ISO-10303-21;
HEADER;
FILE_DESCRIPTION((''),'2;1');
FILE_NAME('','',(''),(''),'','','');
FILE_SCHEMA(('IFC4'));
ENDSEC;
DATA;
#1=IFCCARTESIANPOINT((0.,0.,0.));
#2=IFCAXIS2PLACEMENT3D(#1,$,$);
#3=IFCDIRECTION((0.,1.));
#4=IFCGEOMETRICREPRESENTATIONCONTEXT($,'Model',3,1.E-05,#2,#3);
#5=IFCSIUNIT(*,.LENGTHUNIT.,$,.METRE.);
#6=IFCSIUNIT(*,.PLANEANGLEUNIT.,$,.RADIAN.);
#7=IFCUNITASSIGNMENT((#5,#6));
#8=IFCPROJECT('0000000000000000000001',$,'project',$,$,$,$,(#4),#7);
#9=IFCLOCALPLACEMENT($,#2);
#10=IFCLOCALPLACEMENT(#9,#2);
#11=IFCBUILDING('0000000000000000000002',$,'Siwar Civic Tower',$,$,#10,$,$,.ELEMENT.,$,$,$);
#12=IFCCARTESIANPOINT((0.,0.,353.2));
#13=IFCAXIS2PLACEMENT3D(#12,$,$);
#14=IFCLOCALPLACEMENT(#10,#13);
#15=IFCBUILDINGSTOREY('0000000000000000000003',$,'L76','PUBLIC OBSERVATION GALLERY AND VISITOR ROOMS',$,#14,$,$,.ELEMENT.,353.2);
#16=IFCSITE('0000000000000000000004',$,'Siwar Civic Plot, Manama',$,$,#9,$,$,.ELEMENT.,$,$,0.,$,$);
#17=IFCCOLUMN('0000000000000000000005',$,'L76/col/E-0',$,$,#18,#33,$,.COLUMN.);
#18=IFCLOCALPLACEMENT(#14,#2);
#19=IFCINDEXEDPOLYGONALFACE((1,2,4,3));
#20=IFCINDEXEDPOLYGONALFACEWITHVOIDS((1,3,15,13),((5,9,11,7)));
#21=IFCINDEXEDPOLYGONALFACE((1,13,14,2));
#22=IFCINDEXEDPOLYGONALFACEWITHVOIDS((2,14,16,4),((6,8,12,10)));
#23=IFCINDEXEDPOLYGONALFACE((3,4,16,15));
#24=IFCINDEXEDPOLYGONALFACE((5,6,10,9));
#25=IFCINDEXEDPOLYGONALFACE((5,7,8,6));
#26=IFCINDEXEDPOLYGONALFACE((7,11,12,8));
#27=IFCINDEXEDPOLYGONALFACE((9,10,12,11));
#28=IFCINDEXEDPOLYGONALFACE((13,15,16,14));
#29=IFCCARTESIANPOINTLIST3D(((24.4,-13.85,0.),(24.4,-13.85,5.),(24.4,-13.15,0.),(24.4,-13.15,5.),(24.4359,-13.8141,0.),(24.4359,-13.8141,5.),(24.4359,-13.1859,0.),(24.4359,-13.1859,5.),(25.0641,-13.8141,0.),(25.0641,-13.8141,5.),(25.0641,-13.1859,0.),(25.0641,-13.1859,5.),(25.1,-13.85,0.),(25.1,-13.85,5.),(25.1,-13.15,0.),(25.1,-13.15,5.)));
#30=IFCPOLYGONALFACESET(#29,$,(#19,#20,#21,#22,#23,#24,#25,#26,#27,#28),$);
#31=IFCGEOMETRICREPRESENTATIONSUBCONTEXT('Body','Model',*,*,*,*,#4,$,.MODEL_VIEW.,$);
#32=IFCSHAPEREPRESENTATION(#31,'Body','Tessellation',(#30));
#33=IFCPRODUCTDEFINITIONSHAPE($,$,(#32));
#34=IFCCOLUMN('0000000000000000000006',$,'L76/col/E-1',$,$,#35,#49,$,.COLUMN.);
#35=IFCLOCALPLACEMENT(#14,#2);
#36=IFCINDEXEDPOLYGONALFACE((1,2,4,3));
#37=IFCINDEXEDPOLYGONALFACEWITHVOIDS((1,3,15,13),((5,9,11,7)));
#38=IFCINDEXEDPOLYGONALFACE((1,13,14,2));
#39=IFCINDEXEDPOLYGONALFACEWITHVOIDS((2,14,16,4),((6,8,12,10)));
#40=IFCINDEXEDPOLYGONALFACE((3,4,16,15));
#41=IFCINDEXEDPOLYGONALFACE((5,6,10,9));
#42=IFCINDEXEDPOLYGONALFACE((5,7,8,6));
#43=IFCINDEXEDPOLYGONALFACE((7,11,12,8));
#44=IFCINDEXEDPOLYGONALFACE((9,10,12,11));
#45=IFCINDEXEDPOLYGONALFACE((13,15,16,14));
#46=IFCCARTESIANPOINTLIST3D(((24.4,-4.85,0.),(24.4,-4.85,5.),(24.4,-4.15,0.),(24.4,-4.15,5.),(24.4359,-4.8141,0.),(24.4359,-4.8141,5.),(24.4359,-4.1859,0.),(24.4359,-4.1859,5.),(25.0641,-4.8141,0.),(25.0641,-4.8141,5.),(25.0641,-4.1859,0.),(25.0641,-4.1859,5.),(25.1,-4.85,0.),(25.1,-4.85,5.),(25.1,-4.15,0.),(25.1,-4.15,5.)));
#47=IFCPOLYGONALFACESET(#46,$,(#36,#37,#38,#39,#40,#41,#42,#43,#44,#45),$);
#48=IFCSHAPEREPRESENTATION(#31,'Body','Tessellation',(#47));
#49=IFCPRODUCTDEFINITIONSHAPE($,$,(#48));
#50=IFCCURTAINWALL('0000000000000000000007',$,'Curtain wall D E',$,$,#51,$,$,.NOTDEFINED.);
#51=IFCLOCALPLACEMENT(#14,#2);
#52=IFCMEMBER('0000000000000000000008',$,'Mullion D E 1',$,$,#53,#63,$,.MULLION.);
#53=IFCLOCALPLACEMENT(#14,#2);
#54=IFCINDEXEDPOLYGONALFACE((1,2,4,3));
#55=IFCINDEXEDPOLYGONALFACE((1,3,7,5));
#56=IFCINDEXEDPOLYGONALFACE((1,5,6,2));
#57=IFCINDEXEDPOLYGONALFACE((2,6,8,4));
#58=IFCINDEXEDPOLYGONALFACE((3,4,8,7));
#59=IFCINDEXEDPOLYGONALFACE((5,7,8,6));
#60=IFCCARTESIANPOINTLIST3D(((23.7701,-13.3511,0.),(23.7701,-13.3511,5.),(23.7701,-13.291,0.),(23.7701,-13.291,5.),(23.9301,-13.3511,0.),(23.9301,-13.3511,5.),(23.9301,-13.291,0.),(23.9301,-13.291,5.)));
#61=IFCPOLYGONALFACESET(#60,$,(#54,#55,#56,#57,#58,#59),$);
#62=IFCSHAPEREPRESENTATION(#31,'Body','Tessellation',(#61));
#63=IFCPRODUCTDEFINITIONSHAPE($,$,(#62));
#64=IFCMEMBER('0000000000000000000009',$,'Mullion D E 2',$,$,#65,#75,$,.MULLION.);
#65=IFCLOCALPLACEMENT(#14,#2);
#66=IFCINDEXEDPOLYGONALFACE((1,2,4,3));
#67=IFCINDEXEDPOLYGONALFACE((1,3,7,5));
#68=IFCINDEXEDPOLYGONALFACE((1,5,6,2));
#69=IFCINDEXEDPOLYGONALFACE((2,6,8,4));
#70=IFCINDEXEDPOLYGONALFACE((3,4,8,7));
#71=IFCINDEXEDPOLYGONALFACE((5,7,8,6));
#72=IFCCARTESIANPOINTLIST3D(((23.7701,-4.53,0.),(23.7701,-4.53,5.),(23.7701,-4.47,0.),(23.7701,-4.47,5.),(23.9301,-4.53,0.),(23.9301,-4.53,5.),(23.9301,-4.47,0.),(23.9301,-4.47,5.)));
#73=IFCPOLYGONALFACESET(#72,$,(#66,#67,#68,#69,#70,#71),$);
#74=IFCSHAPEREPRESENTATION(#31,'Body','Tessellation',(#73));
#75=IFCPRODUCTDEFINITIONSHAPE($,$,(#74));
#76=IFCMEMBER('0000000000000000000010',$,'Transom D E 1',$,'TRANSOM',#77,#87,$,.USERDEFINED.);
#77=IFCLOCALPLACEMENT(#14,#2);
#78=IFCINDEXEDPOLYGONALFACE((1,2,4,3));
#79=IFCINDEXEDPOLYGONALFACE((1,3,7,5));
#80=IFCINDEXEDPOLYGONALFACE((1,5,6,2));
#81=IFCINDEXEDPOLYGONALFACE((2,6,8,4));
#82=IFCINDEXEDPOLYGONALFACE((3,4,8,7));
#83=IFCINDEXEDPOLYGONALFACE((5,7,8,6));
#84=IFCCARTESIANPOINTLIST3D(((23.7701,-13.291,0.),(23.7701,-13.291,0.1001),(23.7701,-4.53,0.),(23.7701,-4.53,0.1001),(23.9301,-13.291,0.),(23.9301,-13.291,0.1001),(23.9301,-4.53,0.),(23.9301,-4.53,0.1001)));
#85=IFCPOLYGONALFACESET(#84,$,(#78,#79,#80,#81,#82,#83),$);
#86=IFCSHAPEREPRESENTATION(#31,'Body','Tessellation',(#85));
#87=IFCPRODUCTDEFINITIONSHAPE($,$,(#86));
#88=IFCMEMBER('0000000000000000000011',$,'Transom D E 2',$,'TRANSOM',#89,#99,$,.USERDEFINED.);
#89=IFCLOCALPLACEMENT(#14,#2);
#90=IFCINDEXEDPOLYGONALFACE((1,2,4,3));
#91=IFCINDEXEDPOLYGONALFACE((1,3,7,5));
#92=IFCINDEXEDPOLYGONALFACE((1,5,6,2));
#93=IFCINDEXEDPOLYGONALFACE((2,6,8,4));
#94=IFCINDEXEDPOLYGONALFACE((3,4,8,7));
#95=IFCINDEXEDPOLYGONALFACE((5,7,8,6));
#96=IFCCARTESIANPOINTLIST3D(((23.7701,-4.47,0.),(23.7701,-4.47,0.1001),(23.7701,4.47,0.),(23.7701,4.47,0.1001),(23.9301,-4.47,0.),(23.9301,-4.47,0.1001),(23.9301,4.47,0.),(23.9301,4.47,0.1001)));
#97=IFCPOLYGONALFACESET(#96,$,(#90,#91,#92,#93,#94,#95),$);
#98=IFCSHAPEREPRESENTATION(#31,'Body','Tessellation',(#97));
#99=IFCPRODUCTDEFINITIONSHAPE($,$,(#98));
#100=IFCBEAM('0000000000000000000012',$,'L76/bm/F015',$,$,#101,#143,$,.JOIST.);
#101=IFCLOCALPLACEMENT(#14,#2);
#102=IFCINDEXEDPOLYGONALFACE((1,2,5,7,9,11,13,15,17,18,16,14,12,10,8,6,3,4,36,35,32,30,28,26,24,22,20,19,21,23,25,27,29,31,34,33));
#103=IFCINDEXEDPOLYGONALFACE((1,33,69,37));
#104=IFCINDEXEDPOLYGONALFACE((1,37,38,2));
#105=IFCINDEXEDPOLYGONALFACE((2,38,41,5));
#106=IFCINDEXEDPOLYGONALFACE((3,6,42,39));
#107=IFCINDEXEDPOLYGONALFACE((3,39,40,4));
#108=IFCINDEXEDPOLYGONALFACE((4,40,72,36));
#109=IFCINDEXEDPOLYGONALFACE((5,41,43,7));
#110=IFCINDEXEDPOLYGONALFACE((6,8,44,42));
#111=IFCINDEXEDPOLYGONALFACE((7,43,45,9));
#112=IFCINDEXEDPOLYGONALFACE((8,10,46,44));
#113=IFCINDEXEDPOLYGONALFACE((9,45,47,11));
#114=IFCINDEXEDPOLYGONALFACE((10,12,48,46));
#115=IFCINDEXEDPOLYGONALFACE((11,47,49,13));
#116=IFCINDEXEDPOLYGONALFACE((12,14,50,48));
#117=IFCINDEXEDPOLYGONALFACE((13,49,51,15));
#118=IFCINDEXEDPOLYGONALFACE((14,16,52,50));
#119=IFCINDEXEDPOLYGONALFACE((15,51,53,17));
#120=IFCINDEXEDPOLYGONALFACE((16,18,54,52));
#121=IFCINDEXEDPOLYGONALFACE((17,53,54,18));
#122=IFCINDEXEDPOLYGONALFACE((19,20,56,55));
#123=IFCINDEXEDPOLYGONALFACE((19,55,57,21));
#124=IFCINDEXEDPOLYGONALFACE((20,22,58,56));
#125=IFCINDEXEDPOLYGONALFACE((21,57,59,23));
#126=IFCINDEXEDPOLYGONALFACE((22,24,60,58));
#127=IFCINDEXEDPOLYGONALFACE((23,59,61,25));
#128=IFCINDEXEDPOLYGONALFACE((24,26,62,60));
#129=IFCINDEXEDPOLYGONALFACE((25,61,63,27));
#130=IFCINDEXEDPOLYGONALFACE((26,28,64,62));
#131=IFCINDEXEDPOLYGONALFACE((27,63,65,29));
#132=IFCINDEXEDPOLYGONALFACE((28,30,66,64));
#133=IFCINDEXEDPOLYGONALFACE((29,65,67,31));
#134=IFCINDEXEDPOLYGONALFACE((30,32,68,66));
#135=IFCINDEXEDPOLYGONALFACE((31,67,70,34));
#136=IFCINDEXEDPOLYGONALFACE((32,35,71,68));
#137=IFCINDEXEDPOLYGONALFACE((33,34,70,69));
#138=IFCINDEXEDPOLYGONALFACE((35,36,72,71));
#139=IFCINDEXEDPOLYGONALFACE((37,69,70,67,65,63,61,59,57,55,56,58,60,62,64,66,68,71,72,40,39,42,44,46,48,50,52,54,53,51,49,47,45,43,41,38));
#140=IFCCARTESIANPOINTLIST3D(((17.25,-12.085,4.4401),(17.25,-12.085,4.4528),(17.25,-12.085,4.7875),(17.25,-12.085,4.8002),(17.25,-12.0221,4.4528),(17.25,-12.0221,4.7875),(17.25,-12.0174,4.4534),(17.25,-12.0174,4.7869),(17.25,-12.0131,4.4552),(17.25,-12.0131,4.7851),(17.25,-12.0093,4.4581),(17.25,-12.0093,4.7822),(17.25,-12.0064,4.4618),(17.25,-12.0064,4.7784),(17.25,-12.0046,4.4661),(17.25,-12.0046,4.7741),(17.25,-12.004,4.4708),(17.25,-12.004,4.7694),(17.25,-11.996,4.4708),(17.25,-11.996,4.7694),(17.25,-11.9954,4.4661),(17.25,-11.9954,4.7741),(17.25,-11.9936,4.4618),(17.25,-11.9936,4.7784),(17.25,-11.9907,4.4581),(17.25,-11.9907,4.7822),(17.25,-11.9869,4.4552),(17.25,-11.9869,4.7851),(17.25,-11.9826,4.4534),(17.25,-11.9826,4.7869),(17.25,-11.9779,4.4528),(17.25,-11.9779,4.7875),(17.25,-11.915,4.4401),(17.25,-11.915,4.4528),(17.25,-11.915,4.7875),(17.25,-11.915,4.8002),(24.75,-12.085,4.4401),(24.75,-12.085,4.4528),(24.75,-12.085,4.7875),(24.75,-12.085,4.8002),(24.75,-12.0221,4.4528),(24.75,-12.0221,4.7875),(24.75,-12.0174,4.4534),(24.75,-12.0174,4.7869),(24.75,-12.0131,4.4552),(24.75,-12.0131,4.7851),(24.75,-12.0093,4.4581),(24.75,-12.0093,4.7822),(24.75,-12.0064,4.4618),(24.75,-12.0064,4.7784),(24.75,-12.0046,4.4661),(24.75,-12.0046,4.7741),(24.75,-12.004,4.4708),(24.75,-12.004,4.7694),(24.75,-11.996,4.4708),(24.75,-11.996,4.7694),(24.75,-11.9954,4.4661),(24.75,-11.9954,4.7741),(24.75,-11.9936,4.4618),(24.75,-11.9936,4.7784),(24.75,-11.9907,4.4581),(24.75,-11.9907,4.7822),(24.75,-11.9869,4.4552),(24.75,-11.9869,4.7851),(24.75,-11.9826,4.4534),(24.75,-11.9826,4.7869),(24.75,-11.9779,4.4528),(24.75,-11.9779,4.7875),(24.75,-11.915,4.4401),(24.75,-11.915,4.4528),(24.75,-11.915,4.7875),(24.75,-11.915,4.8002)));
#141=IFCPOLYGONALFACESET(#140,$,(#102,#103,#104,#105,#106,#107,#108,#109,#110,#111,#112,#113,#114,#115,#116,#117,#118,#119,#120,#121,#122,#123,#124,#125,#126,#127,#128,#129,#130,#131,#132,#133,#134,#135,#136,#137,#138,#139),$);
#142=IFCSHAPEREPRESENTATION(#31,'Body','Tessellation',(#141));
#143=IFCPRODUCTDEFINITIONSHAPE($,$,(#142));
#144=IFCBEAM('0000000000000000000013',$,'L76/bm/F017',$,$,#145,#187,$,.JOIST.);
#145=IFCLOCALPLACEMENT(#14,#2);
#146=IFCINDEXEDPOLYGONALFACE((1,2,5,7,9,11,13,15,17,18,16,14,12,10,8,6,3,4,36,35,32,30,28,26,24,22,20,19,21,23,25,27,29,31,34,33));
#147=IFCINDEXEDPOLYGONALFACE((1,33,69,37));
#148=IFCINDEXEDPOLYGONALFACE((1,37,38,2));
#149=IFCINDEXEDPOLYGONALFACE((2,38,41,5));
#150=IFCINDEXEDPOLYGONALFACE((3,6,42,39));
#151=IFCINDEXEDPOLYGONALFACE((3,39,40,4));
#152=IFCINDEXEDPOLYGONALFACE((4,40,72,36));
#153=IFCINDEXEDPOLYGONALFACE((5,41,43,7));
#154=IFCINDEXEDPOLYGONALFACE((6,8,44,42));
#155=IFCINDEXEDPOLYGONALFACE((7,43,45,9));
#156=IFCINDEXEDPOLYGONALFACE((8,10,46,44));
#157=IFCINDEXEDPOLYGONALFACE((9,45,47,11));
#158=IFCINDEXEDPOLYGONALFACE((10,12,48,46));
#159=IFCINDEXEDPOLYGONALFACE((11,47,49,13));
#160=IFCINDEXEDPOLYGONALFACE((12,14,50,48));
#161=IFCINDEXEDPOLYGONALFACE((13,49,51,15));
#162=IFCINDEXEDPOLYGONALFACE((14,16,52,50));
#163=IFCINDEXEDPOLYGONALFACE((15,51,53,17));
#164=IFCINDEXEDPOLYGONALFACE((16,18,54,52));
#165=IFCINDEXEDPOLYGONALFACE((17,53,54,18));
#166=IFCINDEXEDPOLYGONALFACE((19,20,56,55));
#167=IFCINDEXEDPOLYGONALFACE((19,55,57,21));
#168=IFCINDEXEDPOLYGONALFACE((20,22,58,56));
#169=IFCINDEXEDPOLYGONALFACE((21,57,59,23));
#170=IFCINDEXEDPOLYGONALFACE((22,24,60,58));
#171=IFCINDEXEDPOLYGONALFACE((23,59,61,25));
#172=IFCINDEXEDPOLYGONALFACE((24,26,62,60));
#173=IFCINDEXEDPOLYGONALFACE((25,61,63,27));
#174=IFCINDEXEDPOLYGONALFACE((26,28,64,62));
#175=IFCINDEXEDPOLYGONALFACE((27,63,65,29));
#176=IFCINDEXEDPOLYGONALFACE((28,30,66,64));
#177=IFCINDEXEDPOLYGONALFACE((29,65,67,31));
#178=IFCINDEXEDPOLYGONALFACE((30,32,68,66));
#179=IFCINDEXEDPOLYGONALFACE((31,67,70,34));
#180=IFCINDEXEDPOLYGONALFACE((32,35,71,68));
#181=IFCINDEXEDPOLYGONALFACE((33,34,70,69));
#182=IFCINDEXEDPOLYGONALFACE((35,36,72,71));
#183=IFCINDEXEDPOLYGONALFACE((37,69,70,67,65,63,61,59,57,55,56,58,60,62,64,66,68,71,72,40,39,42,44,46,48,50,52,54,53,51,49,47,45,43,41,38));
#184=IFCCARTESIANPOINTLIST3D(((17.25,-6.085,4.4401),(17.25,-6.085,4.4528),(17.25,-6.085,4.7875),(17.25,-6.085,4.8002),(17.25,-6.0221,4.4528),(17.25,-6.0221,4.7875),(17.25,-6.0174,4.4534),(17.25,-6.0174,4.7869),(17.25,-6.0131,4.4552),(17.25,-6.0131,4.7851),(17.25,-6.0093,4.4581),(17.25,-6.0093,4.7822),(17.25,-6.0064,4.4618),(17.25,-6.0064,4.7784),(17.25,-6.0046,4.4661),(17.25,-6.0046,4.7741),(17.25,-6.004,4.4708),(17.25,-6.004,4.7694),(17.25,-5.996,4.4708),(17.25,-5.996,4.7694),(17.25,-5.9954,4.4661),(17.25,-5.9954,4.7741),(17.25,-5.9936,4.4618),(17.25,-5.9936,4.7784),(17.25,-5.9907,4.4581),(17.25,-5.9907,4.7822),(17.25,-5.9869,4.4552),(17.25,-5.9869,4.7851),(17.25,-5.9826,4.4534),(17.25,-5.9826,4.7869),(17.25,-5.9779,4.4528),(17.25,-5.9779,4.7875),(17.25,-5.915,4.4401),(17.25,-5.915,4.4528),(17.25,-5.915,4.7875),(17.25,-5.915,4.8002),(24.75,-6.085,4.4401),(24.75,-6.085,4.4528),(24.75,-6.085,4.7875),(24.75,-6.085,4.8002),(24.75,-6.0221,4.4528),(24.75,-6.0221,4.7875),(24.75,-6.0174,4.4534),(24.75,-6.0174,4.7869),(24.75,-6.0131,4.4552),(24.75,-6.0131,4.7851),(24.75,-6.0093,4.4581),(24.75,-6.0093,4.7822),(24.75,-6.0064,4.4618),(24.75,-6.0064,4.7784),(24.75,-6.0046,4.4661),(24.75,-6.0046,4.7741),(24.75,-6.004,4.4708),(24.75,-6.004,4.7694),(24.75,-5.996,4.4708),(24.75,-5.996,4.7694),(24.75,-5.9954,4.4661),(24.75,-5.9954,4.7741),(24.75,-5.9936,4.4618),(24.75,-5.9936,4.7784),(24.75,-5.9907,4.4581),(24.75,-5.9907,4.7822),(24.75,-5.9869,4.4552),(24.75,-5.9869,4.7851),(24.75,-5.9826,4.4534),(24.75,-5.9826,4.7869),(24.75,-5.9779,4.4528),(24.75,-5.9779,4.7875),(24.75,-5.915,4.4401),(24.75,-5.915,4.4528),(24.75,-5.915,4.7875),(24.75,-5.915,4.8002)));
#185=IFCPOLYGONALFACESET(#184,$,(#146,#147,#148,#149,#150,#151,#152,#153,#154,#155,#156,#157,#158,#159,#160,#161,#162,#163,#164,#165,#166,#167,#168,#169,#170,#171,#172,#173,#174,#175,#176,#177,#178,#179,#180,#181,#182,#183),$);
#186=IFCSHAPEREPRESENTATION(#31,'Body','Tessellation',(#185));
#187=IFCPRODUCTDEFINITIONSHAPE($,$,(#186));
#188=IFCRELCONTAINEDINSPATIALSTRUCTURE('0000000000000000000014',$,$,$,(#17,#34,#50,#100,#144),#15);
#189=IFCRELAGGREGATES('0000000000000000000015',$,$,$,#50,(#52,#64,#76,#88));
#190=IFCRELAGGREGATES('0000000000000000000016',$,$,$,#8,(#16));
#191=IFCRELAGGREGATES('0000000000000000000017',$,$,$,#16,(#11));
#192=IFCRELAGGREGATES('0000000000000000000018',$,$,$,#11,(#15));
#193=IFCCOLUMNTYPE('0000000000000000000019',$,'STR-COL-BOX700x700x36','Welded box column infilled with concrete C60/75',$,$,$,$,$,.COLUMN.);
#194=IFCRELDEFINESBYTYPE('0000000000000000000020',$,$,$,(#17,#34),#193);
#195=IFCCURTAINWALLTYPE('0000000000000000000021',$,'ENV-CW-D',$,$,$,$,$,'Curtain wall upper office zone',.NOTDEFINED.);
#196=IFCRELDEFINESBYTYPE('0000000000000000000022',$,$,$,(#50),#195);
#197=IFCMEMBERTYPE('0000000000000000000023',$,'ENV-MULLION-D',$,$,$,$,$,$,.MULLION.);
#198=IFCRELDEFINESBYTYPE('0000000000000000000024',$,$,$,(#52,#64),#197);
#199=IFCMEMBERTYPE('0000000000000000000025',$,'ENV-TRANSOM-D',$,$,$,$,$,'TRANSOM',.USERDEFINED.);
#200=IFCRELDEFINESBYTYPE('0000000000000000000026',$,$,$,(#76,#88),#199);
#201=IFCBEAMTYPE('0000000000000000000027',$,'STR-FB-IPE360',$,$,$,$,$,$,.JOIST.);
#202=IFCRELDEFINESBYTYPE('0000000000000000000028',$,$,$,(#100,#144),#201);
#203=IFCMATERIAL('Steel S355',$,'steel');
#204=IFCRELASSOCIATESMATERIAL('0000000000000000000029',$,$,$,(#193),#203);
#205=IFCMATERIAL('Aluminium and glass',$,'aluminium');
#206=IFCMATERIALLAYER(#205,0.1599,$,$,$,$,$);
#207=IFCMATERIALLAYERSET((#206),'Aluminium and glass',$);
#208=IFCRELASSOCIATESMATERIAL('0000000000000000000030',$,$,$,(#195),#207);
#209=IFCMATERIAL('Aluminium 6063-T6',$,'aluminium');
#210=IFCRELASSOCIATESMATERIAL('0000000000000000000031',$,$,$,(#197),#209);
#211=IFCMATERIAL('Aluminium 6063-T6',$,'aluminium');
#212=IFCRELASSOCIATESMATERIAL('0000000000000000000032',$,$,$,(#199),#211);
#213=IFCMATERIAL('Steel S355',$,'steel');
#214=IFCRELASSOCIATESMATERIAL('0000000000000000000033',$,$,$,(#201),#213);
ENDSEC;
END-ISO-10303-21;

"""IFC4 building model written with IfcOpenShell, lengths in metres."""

from ifc_helpers import new_model, si_unit, direction, frame, origin, origin_2d, place, context, subcontext, project, spatial, rectangle, hollow_rectangle, i_section, extrude, material, layer, layer_set, material_profile, profile_set, type_object, element, aggregate, save


model = new_model("IFC4")

# Units and contexts
model_context = context("Model", 3, precision=1e-05, world=origin(), true_north=direction((0.0, 1.0)))
body_context = subcontext(model_context, "Body", "Model", "MODEL_VIEW")
ifc_project = project(units=[si_unit("LENGTHUNIT", "METRE"), si_unit("PLANEANGLEUNIT", "RADIAN")], contexts=[model_context])

# Site, building, storey
site_placement = place(None, origin())
site = spatial("IfcSite", under=ifc_project, at=site_placement, Name="Siwar Civic Plot, Manama", CompositionType="ELEMENT", RefElevation=0.0)
building_placement = place(site_placement, origin())
building = spatial("IfcBuilding", under=site, at=building_placement, Name="Siwar Civic Tower", CompositionType="ELEMENT")
storey_placement = place(building_placement, frame((0.0, 0.0, 353.2)))
storey = spatial("IfcBuildingStorey", under=building, at=storey_placement, Name="L76", Description="PUBLIC OBSERVATION GALLERY AND VISITOR ROOMS", CompositionType="ELEMENT", Elevation=353.2)

# Columns
ifc_material_1 = material(Name="Steel S355", Category="steel")
ifc_material_profile_1 = material_profile(ifc_material_1, hollow_rectangle(XDim=0.7, YDim=0.7, WallThickness=0.0359, at=origin_2d()), Name="BOX700x700x36")
ifc_profile_set_1 = profile_set([ifc_material_profile_1], Name="Steel S355")
column_type = type_object("IfcColumnType", Name="STR-COL-BOX700x700x36", Description="Welded box column infilled with concrete C60/75", PredefinedType="COLUMN", material=ifc_profile_set_1)
for number, where, z_axis, x_axis, name in (
    (1, (24.75, -13.5, 0.0), (0.0, 0.0, 1.0), (1.0, 0.0, 0.0), "L76/col/E-0"),
    (2, (24.75, -4.5, 0.0), (0.0, 0.0, 1.0), (1.0, 0.0, 0.0), "L76/col/E-1"),
):
    element("IfcColumn", number, at=place(storey_placement, frame(where, z_axis=z_axis, x_axis=x_axis)), inside=storey, type_object=column_type, Name=name, PredefinedType="COLUMN", context=body_context, shape_type="SweptSolid", body=[
        extrude(hollow_rectangle(XDim=0.7, YDim=0.7, WallThickness=0.0359, at=origin_2d()), origin(), (0.0, 0.0, 1.0), 5.0),
    ])

# Curtain wall, members
ifc_material_2 = material(Name="Aluminium and glass", Category="aluminium")
ifc_layer_1 = layer(ifc_material_2, 0.1599)
ifc_layer_set_1 = layer_set([ifc_layer_1], Name="Aluminium and glass")
curtain_wall_type = type_object("IfcCurtainWallType", Name="ENV-CW-D", ElementType="Curtain wall upper office zone", PredefinedType="NOTDEFINED", material=ifc_layer_set_1)
curtain_wall_placement = place(storey_placement, origin())
curtain_wall = element("IfcCurtainWall", 3, at=curtain_wall_placement, inside=storey, type_object=curtain_wall_type, Name="Curtain wall D E", PredefinedType="NOTDEFINED")
ifc_material_3 = material(Name="Aluminium 6063-T6", Category="aluminium")
ifc_material_profile_2 = material_profile(ifc_material_3, rectangle(XDim=0.1599, YDim=0.0601, at=origin_2d()), Name="AL 160x60")
ifc_profile_set_2 = profile_set([ifc_material_profile_2], Name="Aluminium 6063-T6")
member_type_1 = type_object("IfcMemberType", Name="ENV-MULLION-D", PredefinedType="MULLION", material=ifc_profile_set_2)
member_1_placement = place(storey_placement, frame((23.8501, -13.321, 0.0), z_axis=(0.0, 0.0, 1.0), x_axis=(-1.0, 0.0, 0.0)))
member_1 = element("IfcMember", 4, at=member_1_placement, type_object=member_type_1, Name="Mullion D E 1", PredefinedType="MULLION", context=body_context, shape_type="SweptSolid", body=[
    extrude(rectangle(XDim=0.1599, YDim=0.0601, at=origin_2d()), origin(), (0.0, 0.0, 1.0), 5.0),
])
member_2_placement = place(storey_placement, frame((23.8501, -4.5, 0.0), z_axis=(0.0, 0.0, 1.0), x_axis=(-1.0, 0.0, 0.0)))
member_2 = element("IfcMember", 5, at=member_2_placement, type_object=member_type_1, Name="Mullion D E 2", PredefinedType="MULLION", context=body_context, shape_type="SweptSolid", body=[
    extrude(rectangle(XDim=0.1599, YDim=0.0601, at=origin_2d()), origin(), (0.0, 0.0, 1.0), 5.0),
])
ifc_material_4 = material(Name="Aluminium 6063-T6", Category="aluminium")
ifc_material_profile_3 = material_profile(ifc_material_4, rectangle(XDim=0.1599, YDim=0.1001, at=origin_2d()), Name="AL 160x100")
ifc_profile_set_3 = profile_set([ifc_material_profile_3], Name="Aluminium 6063-T6")
member_type_2 = type_object("IfcMemberType", Name="ENV-TRANSOM-D", ElementType="TRANSOM", PredefinedType="USERDEFINED", material=ifc_profile_set_3)
member_3_placement = place(storey_placement, frame((23.8501, -13.291, 0.05), z_axis=(0.0, 1.0, 0.0), x_axis=(-1.0, 0.0, 0.0)))
member_3 = element("IfcMember", 6, at=member_3_placement, type_object=member_type_2, Name="Transom D E 1", ObjectType="TRANSOM", PredefinedType="USERDEFINED", context=body_context, shape_type="SweptSolid", body=[
    extrude(rectangle(XDim=0.1599, YDim=0.1001, at=origin_2d()), origin(), (0.0, 0.0, 1.0), 8.761),
])
member_4_placement = place(storey_placement, frame((23.8501, -4.47, 0.05), z_axis=(0.0, 1.0, 0.0), x_axis=(-1.0, 0.0, 0.0)))
member_4 = element("IfcMember", 7, at=member_4_placement, type_object=member_type_2, Name="Transom D E 2", ObjectType="TRANSOM", PredefinedType="USERDEFINED", context=body_context, shape_type="SweptSolid", body=[
    extrude(rectangle(XDim=0.1599, YDim=0.1001, at=origin_2d()), origin(), (0.0, 0.0, 1.0), 8.9399),
])

# Beams
ifc_material_5 = material(Name="Steel S355", Category="steel")
ifc_material_profile_4 = material_profile(ifc_material_5, i_section(OverallWidth=0.1699, OverallDepth=0.3601, WebThickness=0.0081, FlangeThickness=0.0127, FilletRadius=0.0181, at=origin_2d()), Name="IPE360")
ifc_profile_set_4 = profile_set([ifc_material_profile_4], Name="Steel S355")
beam_type_1 = type_object("IfcBeamType", Name="STR-FB-IPE360", PredefinedType="JOIST", material=ifc_profile_set_4)
for number, where, z_axis, x_axis, name in (
    (8, (17.25, -12.0, 4.6201), (1.0, 0.0, 0.0), (0.0, 1.0, 0.0), "L76/bm/F015"),
    (9, (17.25, -6.0, 4.6201), (1.0, 0.0, 0.0), (0.0, 1.0, 0.0), "L76/bm/F017"),
):
    element("IfcBeam", number, at=place(storey_placement, frame(where, z_axis=z_axis, x_axis=x_axis)), inside=storey, type_object=beam_type_1, Name=name, PredefinedType="JOIST", context=body_context, shape_type="SweptSolid", body=[
        extrude(i_section(OverallWidth=0.1699, OverallDepth=0.3601, WebThickness=0.0081, FlangeThickness=0.0127, FilletRadius=0.0181, at=origin_2d()), origin(), (0.0, 0.0, 1.0), 7.5),
    ])

aggregate(curtain_wall, [member_1, member_2, member_3, member_4])

save(model, "model.ifc")
